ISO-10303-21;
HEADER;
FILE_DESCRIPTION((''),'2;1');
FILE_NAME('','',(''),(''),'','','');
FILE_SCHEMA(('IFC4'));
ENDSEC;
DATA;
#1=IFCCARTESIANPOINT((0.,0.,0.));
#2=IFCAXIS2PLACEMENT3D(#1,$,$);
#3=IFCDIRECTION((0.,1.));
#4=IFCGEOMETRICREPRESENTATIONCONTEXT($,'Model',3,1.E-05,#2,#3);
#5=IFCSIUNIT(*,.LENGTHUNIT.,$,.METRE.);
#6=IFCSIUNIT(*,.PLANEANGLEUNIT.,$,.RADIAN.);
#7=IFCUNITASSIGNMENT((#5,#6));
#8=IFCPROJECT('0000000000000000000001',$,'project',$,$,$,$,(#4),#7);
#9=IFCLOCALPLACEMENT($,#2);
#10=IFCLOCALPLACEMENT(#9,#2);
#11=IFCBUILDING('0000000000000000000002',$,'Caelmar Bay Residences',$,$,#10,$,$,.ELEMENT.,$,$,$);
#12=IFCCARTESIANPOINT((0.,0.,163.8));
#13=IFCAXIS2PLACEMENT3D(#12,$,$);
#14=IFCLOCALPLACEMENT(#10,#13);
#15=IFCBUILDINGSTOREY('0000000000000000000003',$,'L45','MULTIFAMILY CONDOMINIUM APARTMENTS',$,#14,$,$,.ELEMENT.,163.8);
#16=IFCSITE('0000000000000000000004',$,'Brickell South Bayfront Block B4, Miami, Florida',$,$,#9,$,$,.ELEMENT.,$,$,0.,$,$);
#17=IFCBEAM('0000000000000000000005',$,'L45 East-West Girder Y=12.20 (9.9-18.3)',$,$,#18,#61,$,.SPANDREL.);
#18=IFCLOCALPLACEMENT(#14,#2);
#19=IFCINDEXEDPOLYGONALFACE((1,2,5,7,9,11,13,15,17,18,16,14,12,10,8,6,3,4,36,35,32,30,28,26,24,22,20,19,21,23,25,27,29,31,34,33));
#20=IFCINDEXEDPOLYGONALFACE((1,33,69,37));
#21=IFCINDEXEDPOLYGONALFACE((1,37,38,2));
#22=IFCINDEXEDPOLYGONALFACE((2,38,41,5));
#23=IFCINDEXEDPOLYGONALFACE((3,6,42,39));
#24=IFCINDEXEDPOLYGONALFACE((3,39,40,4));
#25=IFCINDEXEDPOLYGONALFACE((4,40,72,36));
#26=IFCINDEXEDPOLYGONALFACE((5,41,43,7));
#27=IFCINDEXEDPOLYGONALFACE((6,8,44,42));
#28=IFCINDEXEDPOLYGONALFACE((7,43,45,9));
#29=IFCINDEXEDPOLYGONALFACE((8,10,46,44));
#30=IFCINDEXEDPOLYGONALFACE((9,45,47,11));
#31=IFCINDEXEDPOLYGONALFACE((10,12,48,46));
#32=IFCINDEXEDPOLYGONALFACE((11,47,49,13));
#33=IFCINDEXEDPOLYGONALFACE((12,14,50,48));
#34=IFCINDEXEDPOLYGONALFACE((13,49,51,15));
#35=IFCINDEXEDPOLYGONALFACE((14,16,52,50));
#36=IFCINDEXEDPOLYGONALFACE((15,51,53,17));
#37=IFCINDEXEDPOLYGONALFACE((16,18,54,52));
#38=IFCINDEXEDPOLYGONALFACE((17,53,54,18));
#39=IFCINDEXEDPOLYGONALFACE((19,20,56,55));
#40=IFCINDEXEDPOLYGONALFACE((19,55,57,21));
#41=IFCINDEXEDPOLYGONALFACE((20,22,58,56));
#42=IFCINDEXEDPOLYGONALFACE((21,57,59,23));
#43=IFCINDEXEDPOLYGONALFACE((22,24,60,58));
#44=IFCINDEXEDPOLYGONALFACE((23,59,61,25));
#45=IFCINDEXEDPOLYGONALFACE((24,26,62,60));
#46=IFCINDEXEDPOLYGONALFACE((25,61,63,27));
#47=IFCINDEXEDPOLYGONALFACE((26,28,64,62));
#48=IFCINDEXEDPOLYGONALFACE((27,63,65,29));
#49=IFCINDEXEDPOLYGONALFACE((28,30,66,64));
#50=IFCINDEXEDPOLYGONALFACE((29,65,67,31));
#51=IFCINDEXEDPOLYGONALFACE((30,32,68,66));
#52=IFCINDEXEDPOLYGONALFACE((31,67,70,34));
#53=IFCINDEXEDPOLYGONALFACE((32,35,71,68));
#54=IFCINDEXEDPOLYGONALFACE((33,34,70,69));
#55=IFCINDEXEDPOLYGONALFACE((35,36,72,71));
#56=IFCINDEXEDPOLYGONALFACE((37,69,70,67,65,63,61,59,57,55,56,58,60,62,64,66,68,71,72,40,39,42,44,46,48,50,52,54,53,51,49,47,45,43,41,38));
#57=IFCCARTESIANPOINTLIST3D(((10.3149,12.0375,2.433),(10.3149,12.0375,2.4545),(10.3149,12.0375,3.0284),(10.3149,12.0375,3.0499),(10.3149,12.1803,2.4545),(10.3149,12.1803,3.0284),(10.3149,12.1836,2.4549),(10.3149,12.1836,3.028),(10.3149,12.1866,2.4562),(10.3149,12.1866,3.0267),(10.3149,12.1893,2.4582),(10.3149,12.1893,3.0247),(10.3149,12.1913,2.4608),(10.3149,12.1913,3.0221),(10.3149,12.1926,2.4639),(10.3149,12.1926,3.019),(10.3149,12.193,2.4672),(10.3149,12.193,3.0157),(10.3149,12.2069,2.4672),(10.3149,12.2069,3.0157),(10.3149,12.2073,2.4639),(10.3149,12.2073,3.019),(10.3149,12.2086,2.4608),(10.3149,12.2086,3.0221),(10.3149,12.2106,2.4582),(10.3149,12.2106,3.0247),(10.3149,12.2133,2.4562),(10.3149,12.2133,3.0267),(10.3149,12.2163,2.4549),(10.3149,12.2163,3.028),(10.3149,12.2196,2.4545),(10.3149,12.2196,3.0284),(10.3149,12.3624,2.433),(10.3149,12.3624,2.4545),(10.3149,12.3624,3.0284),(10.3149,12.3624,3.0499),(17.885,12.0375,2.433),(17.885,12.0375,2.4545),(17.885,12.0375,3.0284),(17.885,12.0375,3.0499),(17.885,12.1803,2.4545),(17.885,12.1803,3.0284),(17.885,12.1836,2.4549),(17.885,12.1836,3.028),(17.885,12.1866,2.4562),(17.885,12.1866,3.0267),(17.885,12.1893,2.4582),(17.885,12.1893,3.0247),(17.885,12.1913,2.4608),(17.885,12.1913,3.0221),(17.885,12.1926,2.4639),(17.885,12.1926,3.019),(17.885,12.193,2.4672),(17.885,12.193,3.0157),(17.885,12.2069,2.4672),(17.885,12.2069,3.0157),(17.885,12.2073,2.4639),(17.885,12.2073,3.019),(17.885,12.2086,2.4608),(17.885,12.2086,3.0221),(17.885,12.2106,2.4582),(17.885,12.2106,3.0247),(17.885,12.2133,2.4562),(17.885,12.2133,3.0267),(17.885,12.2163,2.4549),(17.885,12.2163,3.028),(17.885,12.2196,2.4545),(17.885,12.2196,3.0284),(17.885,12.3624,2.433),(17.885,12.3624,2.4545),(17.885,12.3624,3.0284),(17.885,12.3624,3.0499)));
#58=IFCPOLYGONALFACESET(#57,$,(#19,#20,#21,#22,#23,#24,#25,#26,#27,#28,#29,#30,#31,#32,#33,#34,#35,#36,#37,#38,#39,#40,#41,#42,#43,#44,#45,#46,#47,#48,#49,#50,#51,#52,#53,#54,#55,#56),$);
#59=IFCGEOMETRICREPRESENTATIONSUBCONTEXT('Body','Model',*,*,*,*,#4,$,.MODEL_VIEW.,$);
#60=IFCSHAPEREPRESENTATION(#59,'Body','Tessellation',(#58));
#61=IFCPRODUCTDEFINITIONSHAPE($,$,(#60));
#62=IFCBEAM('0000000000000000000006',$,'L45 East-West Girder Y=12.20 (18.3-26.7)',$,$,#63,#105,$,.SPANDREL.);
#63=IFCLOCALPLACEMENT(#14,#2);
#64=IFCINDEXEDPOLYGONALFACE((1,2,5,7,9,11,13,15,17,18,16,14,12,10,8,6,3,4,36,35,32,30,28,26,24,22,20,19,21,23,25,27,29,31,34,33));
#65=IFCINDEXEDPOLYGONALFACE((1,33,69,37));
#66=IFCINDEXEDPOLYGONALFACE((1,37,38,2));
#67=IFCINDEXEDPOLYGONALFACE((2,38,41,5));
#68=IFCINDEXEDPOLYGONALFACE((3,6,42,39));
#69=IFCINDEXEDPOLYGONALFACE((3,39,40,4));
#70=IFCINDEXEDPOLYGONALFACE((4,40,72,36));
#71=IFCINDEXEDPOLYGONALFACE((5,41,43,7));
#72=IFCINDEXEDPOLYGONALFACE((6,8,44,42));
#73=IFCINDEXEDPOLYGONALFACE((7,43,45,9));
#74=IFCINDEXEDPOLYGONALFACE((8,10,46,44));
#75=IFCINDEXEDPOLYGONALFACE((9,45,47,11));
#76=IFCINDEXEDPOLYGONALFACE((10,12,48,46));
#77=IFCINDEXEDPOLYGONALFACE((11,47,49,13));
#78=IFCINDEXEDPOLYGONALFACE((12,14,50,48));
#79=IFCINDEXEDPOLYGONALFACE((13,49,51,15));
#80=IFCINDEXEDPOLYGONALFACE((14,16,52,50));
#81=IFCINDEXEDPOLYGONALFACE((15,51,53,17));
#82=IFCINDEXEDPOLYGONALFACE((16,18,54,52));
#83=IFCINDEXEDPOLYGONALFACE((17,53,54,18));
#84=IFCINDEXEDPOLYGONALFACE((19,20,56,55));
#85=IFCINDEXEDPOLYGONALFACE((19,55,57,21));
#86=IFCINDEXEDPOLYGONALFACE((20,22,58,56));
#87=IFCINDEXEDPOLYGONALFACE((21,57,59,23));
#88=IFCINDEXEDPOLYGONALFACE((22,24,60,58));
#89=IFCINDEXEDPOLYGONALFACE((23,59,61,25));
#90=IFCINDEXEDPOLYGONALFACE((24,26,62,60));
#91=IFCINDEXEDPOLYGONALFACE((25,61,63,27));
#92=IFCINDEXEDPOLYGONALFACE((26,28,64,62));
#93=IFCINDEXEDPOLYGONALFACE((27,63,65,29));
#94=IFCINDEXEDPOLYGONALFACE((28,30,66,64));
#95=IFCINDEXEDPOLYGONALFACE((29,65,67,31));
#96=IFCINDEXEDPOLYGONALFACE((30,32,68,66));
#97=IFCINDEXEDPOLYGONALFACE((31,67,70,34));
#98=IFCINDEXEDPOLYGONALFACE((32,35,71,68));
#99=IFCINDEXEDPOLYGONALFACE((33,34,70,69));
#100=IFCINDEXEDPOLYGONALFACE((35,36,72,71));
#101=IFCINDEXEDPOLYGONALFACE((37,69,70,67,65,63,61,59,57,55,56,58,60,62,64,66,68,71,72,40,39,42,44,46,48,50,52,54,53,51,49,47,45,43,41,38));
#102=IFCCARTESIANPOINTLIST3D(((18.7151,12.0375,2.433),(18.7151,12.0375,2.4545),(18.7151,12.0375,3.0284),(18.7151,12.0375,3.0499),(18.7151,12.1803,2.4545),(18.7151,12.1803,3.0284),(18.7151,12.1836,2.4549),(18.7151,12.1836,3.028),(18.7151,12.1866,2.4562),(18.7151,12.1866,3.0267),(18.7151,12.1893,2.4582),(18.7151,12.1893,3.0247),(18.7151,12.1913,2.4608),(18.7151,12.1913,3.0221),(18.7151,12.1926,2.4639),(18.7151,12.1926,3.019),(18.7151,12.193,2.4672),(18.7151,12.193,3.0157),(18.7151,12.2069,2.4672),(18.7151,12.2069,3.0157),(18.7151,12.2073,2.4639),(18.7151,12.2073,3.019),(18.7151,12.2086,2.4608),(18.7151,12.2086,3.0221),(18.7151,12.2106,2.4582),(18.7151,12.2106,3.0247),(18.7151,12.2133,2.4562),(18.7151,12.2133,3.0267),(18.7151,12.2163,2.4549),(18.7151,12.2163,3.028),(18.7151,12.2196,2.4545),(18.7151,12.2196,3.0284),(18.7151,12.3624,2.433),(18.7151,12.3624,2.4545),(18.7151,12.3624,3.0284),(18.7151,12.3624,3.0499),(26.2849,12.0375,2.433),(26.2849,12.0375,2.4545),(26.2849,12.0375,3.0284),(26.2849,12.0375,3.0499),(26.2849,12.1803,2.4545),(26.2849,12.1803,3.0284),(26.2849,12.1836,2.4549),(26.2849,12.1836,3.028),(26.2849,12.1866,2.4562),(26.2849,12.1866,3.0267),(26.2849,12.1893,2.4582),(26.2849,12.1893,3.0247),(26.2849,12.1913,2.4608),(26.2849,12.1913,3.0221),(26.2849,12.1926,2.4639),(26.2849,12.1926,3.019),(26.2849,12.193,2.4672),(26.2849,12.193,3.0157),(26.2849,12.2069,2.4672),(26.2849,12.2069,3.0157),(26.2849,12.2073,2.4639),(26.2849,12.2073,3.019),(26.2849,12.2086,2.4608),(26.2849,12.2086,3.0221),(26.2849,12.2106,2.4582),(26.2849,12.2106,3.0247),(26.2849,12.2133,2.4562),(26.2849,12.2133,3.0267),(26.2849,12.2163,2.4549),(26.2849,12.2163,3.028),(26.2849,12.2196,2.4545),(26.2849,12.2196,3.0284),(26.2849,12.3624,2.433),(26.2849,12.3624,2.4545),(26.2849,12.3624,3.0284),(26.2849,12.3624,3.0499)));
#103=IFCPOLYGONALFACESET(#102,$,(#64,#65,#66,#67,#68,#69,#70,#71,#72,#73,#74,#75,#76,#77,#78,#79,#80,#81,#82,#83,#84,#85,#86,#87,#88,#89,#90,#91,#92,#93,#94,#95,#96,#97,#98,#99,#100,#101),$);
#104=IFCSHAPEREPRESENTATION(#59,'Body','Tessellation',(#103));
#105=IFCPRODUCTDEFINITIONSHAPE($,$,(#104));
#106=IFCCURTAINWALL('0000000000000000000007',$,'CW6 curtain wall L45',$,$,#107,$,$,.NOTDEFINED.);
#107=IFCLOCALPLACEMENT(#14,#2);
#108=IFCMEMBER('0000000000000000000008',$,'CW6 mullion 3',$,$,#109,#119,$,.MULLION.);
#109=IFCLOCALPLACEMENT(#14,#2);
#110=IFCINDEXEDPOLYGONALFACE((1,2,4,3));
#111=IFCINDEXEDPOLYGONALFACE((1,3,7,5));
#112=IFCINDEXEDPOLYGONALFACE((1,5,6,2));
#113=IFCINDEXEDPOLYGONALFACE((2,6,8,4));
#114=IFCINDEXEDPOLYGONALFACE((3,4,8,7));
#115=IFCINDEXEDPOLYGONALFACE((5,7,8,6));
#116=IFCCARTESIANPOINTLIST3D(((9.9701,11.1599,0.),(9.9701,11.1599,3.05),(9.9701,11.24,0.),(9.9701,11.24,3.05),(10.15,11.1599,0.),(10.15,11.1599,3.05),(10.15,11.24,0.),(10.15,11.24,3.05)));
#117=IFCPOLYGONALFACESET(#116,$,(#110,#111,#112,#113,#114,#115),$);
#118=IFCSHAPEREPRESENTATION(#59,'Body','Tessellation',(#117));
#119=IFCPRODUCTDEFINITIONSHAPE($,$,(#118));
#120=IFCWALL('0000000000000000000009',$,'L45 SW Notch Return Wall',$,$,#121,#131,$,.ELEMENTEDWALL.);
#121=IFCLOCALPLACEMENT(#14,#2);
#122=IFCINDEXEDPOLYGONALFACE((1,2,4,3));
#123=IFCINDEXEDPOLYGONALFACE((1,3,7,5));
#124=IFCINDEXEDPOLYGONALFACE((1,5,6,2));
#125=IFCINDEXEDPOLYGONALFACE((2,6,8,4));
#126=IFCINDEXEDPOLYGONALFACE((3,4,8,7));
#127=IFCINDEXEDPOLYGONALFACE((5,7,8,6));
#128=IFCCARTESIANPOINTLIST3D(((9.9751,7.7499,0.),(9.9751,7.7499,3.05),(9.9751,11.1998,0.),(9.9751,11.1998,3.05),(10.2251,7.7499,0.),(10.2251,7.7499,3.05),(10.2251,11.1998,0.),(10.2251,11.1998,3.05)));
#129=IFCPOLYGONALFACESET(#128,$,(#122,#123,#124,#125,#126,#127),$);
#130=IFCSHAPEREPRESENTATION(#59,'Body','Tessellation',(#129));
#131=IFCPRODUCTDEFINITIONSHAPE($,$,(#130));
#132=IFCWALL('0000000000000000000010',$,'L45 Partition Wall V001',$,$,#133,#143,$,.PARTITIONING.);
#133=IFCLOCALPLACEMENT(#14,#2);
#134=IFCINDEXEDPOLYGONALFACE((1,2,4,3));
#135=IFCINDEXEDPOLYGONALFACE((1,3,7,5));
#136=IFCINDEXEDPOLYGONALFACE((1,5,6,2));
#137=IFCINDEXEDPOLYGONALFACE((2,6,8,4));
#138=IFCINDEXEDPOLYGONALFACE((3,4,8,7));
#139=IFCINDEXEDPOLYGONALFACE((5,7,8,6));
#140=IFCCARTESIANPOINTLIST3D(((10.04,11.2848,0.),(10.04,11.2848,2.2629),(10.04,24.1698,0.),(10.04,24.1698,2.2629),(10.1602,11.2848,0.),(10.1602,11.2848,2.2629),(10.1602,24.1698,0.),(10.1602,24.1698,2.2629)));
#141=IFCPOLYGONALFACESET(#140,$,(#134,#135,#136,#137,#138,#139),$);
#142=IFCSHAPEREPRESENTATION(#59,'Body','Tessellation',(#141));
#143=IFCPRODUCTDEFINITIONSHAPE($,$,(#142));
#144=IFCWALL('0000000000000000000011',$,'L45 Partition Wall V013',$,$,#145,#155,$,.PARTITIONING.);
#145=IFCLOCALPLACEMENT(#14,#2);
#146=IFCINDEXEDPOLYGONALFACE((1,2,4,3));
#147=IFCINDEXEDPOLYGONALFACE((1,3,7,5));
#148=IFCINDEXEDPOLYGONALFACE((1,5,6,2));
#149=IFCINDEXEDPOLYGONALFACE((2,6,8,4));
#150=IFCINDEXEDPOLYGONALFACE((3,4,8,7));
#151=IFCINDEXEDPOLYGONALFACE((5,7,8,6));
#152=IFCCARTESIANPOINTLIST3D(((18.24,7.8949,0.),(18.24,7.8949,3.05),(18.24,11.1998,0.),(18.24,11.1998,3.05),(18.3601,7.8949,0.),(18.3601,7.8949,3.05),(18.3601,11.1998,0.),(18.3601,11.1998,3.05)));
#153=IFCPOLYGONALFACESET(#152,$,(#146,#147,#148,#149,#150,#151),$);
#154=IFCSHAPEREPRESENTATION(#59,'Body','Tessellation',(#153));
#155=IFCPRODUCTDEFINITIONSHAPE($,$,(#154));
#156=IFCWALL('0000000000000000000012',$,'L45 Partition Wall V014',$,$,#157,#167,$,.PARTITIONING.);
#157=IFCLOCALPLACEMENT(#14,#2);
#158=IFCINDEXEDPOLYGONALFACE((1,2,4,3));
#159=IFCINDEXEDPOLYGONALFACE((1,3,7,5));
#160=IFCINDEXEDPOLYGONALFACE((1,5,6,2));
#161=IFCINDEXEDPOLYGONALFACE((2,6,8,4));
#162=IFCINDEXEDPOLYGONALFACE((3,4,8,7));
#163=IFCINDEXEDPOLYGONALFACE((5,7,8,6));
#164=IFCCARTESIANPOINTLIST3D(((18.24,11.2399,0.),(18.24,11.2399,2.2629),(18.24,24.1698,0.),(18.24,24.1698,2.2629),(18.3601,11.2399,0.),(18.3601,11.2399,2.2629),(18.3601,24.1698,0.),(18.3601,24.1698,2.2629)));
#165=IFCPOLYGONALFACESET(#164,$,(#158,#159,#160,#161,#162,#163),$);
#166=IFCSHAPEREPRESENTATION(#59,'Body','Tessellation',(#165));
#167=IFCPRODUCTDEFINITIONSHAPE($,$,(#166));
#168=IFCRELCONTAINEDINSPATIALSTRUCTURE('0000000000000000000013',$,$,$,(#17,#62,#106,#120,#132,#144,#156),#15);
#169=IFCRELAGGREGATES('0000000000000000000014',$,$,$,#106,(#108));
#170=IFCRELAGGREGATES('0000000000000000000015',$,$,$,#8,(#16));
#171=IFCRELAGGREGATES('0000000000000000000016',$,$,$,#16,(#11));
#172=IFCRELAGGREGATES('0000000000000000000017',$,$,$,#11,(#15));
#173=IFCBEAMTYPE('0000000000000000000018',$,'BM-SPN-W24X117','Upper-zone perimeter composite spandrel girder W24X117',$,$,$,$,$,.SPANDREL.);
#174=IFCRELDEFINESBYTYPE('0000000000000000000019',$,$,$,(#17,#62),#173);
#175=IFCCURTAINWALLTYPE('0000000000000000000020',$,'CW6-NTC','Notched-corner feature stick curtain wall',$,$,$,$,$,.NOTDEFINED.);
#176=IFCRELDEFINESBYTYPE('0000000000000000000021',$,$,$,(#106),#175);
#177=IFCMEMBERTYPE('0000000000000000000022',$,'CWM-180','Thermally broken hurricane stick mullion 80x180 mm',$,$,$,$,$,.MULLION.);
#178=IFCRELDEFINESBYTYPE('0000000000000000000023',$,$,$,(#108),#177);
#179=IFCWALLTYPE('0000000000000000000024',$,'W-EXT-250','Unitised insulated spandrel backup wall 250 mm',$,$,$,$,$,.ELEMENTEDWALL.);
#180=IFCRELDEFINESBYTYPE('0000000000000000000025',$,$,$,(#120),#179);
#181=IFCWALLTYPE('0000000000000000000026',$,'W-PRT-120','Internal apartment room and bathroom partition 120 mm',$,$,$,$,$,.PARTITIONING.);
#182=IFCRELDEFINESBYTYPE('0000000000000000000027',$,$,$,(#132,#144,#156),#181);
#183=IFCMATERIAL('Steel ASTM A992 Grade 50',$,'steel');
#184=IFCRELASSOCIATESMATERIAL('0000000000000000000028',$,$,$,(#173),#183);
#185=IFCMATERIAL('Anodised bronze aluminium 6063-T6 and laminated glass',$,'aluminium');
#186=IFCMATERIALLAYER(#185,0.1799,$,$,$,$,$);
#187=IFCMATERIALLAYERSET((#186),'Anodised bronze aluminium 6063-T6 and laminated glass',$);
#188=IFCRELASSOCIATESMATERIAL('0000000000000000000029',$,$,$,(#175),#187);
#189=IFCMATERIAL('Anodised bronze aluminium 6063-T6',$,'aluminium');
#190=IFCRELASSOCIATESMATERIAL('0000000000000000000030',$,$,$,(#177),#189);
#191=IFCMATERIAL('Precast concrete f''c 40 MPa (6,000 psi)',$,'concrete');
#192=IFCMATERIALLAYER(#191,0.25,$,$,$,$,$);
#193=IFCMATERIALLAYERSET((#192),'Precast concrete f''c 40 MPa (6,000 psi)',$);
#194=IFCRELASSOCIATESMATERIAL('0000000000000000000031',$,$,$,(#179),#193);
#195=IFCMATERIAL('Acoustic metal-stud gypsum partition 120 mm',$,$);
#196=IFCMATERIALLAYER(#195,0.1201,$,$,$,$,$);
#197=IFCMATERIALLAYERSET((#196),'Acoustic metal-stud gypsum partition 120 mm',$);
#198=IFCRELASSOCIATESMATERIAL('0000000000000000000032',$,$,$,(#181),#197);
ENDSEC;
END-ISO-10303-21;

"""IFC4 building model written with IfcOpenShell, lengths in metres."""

from ifc_helpers import new_model, si_unit, direction, frame, frame_2d, origin, origin_2d, place, context, subcontext, project, spatial, rectangle, i_section, extrude, material, layer, layer_set, material_profile, profile_set, type_object, element, aggregate, save


model = new_model("IFC4")

# Units and contexts
model_context = context("Model", 3, precision=1e-05, world=origin(), true_north=direction((0.0, 1.0)))
body_context = subcontext(model_context, "Body", "Model", "MODEL_VIEW")
ifc_project = project(units=[si_unit("LENGTHUNIT", "METRE"), si_unit("PLANEANGLEUNIT", "RADIAN")], contexts=[model_context])

# Site, building, storey
site_placement = place(None, origin())
site = spatial("IfcSite", under=ifc_project, at=site_placement, Name="Brickell South Bayfront Block B4, Miami, Florida", CompositionType="ELEMENT", RefElevation=0.0)
building_placement = place(site_placement, origin())
building = spatial("IfcBuilding", under=site, at=building_placement, Name="Caelmar Bay Residences", CompositionType="ELEMENT")
storey_placement = place(building_placement, frame((0.0, 0.0, 163.8)))
storey = spatial("IfcBuildingStorey", under=building, at=storey_placement, Name="L45", Description="MULTIFAMILY CONDOMINIUM APARTMENTS", CompositionType="ELEMENT", Elevation=163.8)

# Beams
ifc_material_1 = material(Name="Steel ASTM A992 Grade 50", Category="steel")
ifc_material_profile_1 = material_profile(ifc_material_1, i_section(OverallWidth=0.325, OverallDepth=0.6169, WebThickness=0.0139, FlangeThickness=0.0215, FilletRadius=0.0127, at=origin_2d()), Name="W24X117")
ifc_profile_set_1 = profile_set([ifc_material_profile_1], Name="Steel ASTM A992 Grade 50")
beam_type_1 = type_object("IfcBeamType", Name="BM-SPN-W24X117", Description="Upper-zone perimeter composite spandrel girder W24X117", PredefinedType="SPANDREL", material=ifc_profile_set_1)
beam_1_placement = place(storey_placement, frame((10.3149, 12.2, 2.7415), z_axis=(1.0, 0.0, 0.0), x_axis=(0.0, 1.0, 0.0)))
element("IfcBeam", 1, at=beam_1_placement, inside=storey, type_object=beam_type_1, Name="L45 East-West Girder Y=12.20 (9.9-18.3)", PredefinedType="SPANDREL", context=body_context, shape_type="SweptSolid", body=[
    extrude(i_section(OverallWidth=0.325, OverallDepth=0.6169, WebThickness=0.0139, FlangeThickness=0.0215, FilletRadius=0.0127, at=origin_2d()), origin(), (0.0, 0.0, 1.0), 7.5701),
])
beam_2_placement = place(storey_placement, frame((18.7151, 12.2, 2.7415), z_axis=(1.0, 0.0, 0.0), x_axis=(0.0, 1.0, 0.0)))
element("IfcBeam", 2, at=beam_2_placement, inside=storey, type_object=beam_type_1, Name="L45 East-West Girder Y=12.20 (18.3-26.7)", PredefinedType="SPANDREL", context=body_context, shape_type="SweptSolid", body=[
    extrude(i_section(OverallWidth=0.325, OverallDepth=0.6169, WebThickness=0.0139, FlangeThickness=0.0215, FilletRadius=0.0127, at=origin_2d()), origin(), (0.0, 0.0, 1.0), 7.5698),
])

# Curtain wall, member
ifc_material_2 = material(Name="Anodised bronze aluminium 6063-T6 and laminated glass", Category="aluminium")
ifc_layer_1 = layer(ifc_material_2, 0.1799)
ifc_layer_set_1 = layer_set([ifc_layer_1], Name="Anodised bronze aluminium 6063-T6 and laminated glass")
curtain_wall_type = type_object("IfcCurtainWallType", Name="CW6-NTC", Description="Notched-corner feature stick curtain wall", PredefinedType="NOTDEFINED", material=ifc_layer_set_1)
curtain_wall_placement = place(storey_placement, origin())
curtain_wall = element("IfcCurtainWall", 3, at=curtain_wall_placement, inside=storey, type_object=curtain_wall_type, Name="CW6 curtain wall L45", PredefinedType="NOTDEFINED")
ifc_material_3 = material(Name="Anodised bronze aluminium 6063-T6", Category="aluminium")
ifc_material_profile_2 = material_profile(ifc_material_3, rectangle(XDim=0.0801, YDim=0.1799, at=origin_2d()), Name="CWM-80X180")
ifc_profile_set_2 = profile_set([ifc_material_profile_2], Name="Anodised bronze aluminium 6063-T6")
member_type = type_object("IfcMemberType", Name="CWM-180", Description="Thermally broken hurricane stick mullion 80x180 mm", PredefinedType="MULLION", material=ifc_profile_set_2)
member_placement = place(storey_placement, frame((10.0601, 11.2, 0.0), z_axis=(0.0, 0.0, 1.0), x_axis=(0.0, 1.0, 0.0)))
member = element("IfcMember", 4, at=member_placement, type_object=member_type, Name="CW6 mullion 3", PredefinedType="MULLION", context=body_context, shape_type="SweptSolid", body=[
    extrude(rectangle(XDim=0.0801, YDim=0.1799, at=origin_2d()), origin(), (0.0, 0.0, 1.0), 3.05),
])
aggregate(curtain_wall, [member])

# Walls
ifc_material_4 = material(Name="Precast concrete f'c 40 MPa (6,000 psi)", Category="concrete")
ifc_layer_2 = layer(ifc_material_4, 0.25)
ifc_layer_set_2 = layer_set([ifc_layer_2], Name="Precast concrete f'c 40 MPa (6,000 psi)")
wall_type_1 = type_object("IfcWallType", Name="W-EXT-250", Description="Unitised insulated spandrel backup wall 250 mm", PredefinedType="ELEMENTEDWALL", material=ifc_layer_set_2)
wall_1_placement = place(storey_placement, frame((10.1001, 11.2, 0.0), z_axis=(0.0, 0.0, 1.0), x_axis=(0.0, -1.0, 0.0)))
element("IfcWall", 5, at=wall_1_placement, inside=storey, type_object=wall_type_1, Name="L45 SW Notch Return Wall", PredefinedType="ELEMENTEDWALL", context=body_context, shape_type="SweptSolid", body=[
    extrude(rectangle(XDim=3.45, YDim=0.25, at=frame_2d((1.7251, 0.0))), origin(), (0.0, 0.0, 1.0), 3.05),
])
ifc_material_5 = material(Name="Acoustic metal-stud gypsum partition 120 mm")
ifc_layer_3 = layer(ifc_material_5, 0.1201)
ifc_layer_set_3 = layer_set([ifc_layer_3], Name="Acoustic metal-stud gypsum partition 120 mm")
wall_type_2 = type_object("IfcWallType", Name="W-PRT-120", Description="Internal apartment room and bathroom partition 120 mm", PredefinedType="PARTITIONING", material=ifc_layer_set_3)
wall_2_placement = place(storey_placement, frame((10.1001, 11.2849, 0.0), z_axis=(0.0, 0.0, 1.0), x_axis=(0.0, 1.0, 0.0)))
element("IfcWall", 6, at=wall_2_placement, inside=storey, type_object=wall_type_2, Name="L45 Partition Wall V001", PredefinedType="PARTITIONING", context=body_context, shape_type="SweptSolid", body=[
    extrude(rectangle(XDim=12.885, YDim=0.1201, at=frame_2d((6.4424, 0.0))), origin(), (0.0, 0.0, 1.0), 2.2629),
])
wall_3_placement = place(storey_placement, frame((18.3, 7.895, 0.0), z_axis=(0.0, 0.0, 1.0), x_axis=(0.0, 1.0, 0.0)))
element("IfcWall", 7, at=wall_3_placement, inside=storey, type_object=wall_type_2, Name="L45 Partition Wall V013", PredefinedType="PARTITIONING", context=body_context, shape_type="SweptSolid", body=[
    extrude(rectangle(XDim=3.3049, YDim=0.1201, at=frame_2d((1.6523, 0.0))), origin(), (0.0, 0.0, 1.0), 3.05),
])
wall_4_placement = place(storey_placement, frame((18.3, 11.24, 0.0), z_axis=(0.0, 0.0, 1.0), x_axis=(0.0, 1.0, 0.0)))
element("IfcWall", 8, at=wall_4_placement, inside=storey, type_object=wall_type_2, Name="L45 Partition Wall V014", PredefinedType="PARTITIONING", context=body_context, shape_type="SweptSolid", body=[
    extrude(rectangle(XDim=12.9299, YDim=0.1201, at=frame_2d((6.4648, 0.0))), origin(), (0.0, 0.0, 1.0), 2.2629),
])

save(model, "model.ifc")
